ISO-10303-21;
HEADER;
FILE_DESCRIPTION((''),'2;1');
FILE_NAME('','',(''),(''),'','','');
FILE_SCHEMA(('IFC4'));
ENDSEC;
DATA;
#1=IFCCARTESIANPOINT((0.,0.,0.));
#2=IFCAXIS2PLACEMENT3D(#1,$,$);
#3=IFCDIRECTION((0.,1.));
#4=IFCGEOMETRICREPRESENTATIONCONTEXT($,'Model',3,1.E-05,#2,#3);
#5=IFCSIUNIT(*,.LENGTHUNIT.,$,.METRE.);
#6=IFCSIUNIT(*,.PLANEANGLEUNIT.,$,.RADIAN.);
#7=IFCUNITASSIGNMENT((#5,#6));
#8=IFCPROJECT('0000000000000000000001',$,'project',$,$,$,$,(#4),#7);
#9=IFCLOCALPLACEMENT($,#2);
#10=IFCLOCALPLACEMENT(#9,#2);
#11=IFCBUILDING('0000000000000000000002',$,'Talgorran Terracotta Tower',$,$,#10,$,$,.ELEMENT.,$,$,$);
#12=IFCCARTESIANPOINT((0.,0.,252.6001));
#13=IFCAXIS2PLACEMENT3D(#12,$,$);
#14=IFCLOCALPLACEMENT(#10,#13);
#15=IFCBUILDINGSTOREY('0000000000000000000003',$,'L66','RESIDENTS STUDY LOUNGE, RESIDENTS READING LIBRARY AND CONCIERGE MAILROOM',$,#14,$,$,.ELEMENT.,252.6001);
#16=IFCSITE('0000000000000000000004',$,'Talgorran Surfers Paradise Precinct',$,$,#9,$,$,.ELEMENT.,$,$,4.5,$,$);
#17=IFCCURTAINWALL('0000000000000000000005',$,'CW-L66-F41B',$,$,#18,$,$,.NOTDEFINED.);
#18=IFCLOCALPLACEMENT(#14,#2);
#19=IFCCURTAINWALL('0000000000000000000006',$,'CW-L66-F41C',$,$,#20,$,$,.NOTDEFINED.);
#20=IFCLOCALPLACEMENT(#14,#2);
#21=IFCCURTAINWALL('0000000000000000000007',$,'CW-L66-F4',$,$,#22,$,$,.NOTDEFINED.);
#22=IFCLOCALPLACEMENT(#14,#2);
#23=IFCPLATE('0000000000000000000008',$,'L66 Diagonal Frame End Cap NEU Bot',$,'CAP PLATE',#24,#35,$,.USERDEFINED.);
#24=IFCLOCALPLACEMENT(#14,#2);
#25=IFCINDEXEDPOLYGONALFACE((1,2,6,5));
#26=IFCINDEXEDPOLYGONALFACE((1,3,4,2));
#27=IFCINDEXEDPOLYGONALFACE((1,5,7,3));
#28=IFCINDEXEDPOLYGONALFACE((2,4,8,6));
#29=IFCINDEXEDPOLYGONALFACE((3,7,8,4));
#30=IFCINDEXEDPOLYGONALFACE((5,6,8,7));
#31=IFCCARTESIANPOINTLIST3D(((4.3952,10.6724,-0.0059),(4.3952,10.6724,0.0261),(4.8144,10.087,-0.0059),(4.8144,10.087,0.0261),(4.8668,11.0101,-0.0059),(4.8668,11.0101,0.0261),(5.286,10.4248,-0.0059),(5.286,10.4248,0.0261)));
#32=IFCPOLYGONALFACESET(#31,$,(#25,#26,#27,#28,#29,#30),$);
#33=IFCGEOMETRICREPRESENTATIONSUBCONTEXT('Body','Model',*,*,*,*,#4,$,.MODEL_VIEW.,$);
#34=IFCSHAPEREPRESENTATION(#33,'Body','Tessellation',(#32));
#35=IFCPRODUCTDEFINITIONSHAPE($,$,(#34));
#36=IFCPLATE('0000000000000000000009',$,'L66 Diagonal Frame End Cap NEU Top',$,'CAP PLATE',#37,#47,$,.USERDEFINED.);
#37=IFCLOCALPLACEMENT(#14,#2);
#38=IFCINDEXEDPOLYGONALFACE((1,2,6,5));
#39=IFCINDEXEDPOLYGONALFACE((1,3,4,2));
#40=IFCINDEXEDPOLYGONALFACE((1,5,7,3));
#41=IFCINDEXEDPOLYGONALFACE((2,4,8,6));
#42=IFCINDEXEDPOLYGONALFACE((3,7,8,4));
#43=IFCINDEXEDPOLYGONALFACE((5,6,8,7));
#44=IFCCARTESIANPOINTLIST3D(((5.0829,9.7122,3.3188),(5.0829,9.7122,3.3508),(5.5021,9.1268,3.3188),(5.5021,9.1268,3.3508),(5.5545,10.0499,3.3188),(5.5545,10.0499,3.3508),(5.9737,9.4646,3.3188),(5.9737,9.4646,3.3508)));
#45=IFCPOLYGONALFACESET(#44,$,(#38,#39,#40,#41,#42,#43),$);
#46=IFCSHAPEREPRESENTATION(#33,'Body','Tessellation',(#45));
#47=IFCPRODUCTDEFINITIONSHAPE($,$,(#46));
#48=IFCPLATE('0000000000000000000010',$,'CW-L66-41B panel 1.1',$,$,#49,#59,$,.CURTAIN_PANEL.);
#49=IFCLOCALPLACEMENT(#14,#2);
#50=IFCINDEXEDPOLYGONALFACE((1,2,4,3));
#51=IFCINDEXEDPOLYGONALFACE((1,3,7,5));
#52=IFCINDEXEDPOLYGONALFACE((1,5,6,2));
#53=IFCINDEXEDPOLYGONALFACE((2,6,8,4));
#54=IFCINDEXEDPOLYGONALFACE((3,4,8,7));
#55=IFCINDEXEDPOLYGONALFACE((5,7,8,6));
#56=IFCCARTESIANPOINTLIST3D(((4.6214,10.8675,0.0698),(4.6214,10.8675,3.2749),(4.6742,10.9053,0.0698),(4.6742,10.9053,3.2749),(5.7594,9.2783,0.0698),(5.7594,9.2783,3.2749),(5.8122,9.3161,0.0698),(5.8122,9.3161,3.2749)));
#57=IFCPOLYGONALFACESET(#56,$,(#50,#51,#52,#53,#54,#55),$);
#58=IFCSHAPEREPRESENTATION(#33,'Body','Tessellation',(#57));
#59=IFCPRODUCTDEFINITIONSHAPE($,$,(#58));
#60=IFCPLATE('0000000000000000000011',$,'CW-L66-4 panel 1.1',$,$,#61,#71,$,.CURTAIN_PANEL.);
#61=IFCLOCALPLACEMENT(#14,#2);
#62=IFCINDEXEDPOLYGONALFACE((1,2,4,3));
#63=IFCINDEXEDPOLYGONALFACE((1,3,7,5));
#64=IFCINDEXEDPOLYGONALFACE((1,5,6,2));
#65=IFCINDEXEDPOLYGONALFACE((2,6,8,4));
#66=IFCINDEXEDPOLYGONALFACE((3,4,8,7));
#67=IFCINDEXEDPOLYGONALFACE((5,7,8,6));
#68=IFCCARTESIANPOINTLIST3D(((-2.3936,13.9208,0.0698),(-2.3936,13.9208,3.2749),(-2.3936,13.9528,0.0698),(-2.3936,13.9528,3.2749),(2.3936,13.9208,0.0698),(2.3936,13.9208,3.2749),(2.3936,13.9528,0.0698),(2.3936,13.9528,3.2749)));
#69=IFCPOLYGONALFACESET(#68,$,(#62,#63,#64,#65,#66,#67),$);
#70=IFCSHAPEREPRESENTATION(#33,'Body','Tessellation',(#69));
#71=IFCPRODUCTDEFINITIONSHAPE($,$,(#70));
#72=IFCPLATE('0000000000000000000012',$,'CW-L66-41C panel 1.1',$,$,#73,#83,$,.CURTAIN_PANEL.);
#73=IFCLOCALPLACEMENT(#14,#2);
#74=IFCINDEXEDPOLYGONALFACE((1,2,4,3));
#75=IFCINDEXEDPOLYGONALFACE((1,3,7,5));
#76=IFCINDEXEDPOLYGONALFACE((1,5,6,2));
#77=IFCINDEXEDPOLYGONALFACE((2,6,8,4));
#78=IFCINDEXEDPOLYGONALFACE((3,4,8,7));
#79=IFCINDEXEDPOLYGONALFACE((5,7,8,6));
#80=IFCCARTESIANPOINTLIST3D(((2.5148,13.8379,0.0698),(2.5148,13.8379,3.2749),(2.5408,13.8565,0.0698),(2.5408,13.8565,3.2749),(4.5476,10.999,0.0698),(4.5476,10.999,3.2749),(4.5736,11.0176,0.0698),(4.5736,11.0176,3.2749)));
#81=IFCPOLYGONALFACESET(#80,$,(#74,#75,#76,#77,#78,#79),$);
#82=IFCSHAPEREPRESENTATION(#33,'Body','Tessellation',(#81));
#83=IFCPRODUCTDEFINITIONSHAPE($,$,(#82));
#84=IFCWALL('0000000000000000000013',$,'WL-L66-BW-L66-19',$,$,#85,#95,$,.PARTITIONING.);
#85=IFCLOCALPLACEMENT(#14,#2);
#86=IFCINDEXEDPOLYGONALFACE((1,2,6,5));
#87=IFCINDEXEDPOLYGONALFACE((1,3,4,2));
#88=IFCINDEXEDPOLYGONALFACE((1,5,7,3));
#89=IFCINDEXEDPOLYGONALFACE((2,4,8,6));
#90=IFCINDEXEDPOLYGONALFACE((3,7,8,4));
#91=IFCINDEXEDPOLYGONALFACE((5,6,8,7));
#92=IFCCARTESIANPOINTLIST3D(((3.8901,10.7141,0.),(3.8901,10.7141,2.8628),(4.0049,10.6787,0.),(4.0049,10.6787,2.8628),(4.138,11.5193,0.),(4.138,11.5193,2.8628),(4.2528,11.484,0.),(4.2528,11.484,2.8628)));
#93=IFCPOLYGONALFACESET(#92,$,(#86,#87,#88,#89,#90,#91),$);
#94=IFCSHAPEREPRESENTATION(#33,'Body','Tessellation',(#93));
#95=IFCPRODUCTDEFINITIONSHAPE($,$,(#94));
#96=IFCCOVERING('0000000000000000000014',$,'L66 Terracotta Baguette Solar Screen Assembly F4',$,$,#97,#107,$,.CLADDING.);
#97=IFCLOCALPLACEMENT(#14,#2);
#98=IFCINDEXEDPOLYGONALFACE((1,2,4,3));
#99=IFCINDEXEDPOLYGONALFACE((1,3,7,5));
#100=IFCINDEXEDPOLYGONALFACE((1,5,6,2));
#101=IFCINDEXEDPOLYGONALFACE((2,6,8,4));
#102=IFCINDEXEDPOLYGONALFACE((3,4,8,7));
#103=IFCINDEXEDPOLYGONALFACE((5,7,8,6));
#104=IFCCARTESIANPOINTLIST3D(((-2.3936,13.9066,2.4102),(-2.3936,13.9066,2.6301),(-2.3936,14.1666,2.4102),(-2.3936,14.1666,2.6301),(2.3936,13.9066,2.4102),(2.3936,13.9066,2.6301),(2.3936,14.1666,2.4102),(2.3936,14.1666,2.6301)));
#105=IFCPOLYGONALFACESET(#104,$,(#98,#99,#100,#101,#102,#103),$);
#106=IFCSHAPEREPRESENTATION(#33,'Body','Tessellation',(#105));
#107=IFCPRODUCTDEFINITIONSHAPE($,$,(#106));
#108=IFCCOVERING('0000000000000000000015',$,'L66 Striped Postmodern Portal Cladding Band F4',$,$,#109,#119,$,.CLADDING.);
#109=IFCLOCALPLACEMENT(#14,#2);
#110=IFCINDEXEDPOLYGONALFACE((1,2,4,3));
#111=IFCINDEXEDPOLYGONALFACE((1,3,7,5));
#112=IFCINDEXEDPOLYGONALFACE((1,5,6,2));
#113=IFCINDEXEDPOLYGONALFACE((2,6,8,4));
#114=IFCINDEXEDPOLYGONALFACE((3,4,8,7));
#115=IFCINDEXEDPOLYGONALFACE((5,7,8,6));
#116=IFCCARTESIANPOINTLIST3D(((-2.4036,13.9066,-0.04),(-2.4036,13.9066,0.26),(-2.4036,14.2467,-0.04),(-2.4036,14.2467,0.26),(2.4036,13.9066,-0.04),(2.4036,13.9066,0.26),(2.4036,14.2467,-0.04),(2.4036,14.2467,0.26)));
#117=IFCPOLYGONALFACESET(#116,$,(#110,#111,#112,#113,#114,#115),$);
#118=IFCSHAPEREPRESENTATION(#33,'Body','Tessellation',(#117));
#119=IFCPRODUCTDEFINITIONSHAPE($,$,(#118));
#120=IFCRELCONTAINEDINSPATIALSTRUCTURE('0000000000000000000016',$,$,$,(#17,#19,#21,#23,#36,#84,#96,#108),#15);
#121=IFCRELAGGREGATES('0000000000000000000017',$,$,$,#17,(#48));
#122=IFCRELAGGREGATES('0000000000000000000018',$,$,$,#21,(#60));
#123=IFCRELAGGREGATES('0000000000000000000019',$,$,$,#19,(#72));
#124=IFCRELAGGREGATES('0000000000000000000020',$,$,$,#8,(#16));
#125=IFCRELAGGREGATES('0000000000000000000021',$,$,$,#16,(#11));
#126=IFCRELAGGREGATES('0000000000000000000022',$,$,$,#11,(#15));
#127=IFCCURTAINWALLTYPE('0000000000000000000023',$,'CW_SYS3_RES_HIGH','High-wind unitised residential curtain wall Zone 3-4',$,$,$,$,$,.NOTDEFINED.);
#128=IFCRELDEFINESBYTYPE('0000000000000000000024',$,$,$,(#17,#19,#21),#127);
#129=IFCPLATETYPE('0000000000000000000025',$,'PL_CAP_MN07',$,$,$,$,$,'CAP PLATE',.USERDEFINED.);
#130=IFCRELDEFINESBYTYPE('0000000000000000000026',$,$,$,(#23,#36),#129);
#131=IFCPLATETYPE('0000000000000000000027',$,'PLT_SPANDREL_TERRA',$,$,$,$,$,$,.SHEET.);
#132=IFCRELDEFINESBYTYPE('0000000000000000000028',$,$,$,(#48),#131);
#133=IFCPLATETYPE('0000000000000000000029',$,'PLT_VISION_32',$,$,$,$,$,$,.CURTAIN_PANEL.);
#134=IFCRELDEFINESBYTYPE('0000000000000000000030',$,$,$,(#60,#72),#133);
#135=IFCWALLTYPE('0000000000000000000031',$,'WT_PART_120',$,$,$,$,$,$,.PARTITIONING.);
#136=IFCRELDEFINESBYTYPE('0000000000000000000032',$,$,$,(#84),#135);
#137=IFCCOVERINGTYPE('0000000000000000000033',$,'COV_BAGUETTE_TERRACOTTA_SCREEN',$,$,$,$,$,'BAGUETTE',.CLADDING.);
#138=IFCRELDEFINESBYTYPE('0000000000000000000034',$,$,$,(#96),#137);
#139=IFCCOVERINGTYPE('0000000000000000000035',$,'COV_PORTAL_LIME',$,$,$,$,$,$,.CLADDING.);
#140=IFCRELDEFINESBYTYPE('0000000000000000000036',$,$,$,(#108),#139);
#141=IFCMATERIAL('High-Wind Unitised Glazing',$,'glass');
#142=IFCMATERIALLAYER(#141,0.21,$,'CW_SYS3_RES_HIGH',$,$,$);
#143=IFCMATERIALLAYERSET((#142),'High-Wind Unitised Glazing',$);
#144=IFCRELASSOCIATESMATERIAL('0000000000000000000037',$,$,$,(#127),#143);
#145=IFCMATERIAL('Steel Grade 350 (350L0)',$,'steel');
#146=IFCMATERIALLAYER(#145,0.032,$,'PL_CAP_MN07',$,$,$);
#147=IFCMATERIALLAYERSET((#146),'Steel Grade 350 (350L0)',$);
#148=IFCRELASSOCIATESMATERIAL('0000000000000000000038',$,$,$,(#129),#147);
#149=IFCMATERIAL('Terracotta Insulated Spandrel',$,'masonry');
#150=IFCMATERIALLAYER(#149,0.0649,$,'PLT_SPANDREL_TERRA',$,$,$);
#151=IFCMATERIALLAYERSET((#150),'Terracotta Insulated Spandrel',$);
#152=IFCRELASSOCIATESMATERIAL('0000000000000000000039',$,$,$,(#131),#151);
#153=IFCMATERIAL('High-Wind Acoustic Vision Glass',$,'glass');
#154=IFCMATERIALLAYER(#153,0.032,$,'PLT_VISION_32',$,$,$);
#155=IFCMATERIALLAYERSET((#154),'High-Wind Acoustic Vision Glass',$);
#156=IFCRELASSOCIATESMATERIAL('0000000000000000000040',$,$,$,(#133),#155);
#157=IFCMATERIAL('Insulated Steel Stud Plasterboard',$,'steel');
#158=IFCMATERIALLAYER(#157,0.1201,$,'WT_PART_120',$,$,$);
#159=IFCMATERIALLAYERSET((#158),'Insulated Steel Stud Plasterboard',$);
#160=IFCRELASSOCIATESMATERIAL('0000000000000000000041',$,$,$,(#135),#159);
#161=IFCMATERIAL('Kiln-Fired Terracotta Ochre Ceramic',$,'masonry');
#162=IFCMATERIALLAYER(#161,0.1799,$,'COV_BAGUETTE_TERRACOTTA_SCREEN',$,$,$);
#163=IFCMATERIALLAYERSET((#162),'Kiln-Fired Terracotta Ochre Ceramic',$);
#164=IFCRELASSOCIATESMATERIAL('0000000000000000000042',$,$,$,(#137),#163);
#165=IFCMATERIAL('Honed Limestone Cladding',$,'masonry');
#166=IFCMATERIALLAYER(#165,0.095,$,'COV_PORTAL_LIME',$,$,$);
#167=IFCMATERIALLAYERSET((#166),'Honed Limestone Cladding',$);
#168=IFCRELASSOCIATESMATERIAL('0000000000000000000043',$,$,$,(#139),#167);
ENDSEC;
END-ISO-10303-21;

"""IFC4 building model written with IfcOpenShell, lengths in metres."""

from ifc_helpers import new_model, si_unit, direction, frame, frame_2d, origin, origin_2d, place, context, subcontext, project, spatial, rectangle, extrude, source, transform, mapped, material, layer, layer_set, type_object, type_shapes, element, aggregate, save


model = new_model("IFC4")

# Units and contexts
model_context = context("Model", 3, precision=1e-05, world=origin(), true_north=direction((0.0, 1.0)))
body_context = subcontext(model_context, "Body", "Model", "MODEL_VIEW")
ifc_project = project(units=[si_unit("LENGTHUNIT", "METRE"), si_unit("PLANEANGLEUNIT", "RADIAN")], contexts=[model_context])

# Site, building, storey
site_placement = place(None, origin())
site = spatial("IfcSite", under=ifc_project, at=site_placement, Name="Talgorran Surfers Paradise Precinct", CompositionType="ELEMENT", RefElevation=4.5)
building_placement = place(site_placement, origin())
building = spatial("IfcBuilding", under=site, at=building_placement, Name="Talgorran Terracotta Tower", CompositionType="ELEMENT")
storey_placement = place(building_placement, frame((0.0, 0.0, 252.6001)))
storey = spatial("IfcBuildingStorey", under=building, at=storey_placement, Name="L66", Description="RESIDENTS STUDY LOUNGE, RESIDENTS READING LIBRARY AND CONCIERGE MAILROOM", CompositionType="ELEMENT", Elevation=252.6001)

# Shared definitions
ifc_material_1 = material(Name="Steel Grade 350 (350L0)", Category="steel")

# Curtain wall
ifc_material_2 = material(Name="High-Wind Unitised Glazing", Category="glass")
ifc_layer_1 = layer(ifc_material_2, 0.21, Name="CW_SYS3_RES_HIGH")
ifc_layer_set_1 = layer_set([ifc_layer_1], Name="High-Wind Unitised Glazing")
curtain_wall_type = type_object("IfcCurtainWallType", Name="CW_SYS3_RES_HIGH", Description="High-wind unitised residential curtain wall Zone 3-4", PredefinedType="NOTDEFINED", material=ifc_layer_set_1)
curtain_wall_1_placement = place(storey_placement, origin())
curtain_wall_1 = element("IfcCurtainWall", 1, at=curtain_wall_1_placement, inside=storey, type_object=curtain_wall_type, Name="CW-L66-F41B", PredefinedType="NOTDEFINED")

# Curtain wall
curtain_wall_2_placement = place(storey_placement, origin())
curtain_wall_2 = element("IfcCurtainWall", 2, at=curtain_wall_2_placement, inside=storey, type_object=curtain_wall_type, Name="CW-L66-F41C", PredefinedType="NOTDEFINED")

# Curtain wall
curtain_wall_3_placement = place(storey_placement, origin())
curtain_wall_3 = element("IfcCurtainWall", 3, at=curtain_wall_3_placement, inside=storey, type_object=curtain_wall_type, Name="CW-L66-F4", PredefinedType="NOTDEFINED")

# Plates
ifc_layer_2 = layer(ifc_material_1, 0.032, Name="PL_CAP_MN07")
ifc_layer_set_2 = layer_set([ifc_layer_2], Name="Steel Grade 350 (350L0)")
plate_type_1 = type_object("IfcPlateType", Name="PL_CAP_MN07", ElementType="CAP PLATE", PredefinedType="USERDEFINED", material=ifc_layer_set_2)
for number, where, z_axis, x_axis, name in (
    (4, (4.8406, 10.5486, -0.0059), (0.0, 0.0, 1.0), (0.582265, -0.812999, 0.0), "L66 Diagonal Frame End Cap NEU Bot"),
    (5, (5.5283, 9.5884, 3.3188), (0.0, 0.0, 1.0), (0.582265, -0.812999, 0.0), "L66 Diagonal Frame End Cap NEU Top"),
):
    element("IfcPlate", number, at=place(storey_placement, frame(where, z_axis=z_axis, x_axis=x_axis)), inside=storey, type_object=plate_type_1, Name=name, ObjectType="CAP PLATE", PredefinedType="USERDEFINED", context=body_context, shape_type="SweptSolid", body=[
        extrude(rectangle(XDim=0.72, YDim=0.5801, at=origin_2d()), origin(), (0.0, 0.0, 1.0), 0.032),
    ])

# Plates
ifc_material_3 = material(Name="Terracotta Insulated Spandrel", Category="masonry")
ifc_layer_3 = layer(ifc_material_3, 0.0649, Name="PLT_SPANDREL_TERRA")
ifc_layer_set_3 = layer_set([ifc_layer_3], Name="Terracotta Insulated Spandrel")
plate_type_2 = type_object("IfcPlateType", Name="PLT_SPANDREL_TERRA", PredefinedType="SHEET", material=ifc_layer_set_3)
shared_shape_1 = source(origin(), body_context, "Body", "SweptSolid", [
    extrude(rectangle(XDim=1.9546, YDim=0.0649, at=origin_2d()), origin(), (0.0, 0.0, 1.0), 3.2051),
])
type_shapes(plate_type_2, [shared_shape_1])
plate_1_placement = place(storey_placement, frame((5.2168, 10.0918, 0.0698), z_axis=(0.0, 0.0, 1.0), x_axis=(-0.582231, 0.813023, 0.0)))
plate_1 = element("IfcPlate", 6, at=plate_1_placement, type_object=plate_type_2, Name="CW-L66-41B panel 1.1", PredefinedType="CURTAIN_PANEL", context=body_context, shape_type="MappedRepresentation", body=[
    mapped(shared_shape_1, transform((0.0, 0.0, 0.0), scale=1.0)),
])
aggregate(curtain_wall_1, [plate_1])
ifc_material_4 = material(Name="High-Wind Acoustic Vision Glass", Category="glass")
ifc_layer_4 = layer(ifc_material_4, 0.032, Name="PLT_VISION_32")
ifc_layer_set_4 = layer_set([ifc_layer_4], Name="High-Wind Acoustic Vision Glass")
plate_type_3 = type_object("IfcPlateType", Name="PLT_VISION_32", PredefinedType="CURTAIN_PANEL", material=ifc_layer_set_4)
shared_shape_2 = source(origin(), body_context, "Body", "SweptSolid", [
    extrude(rectangle(XDim=4.7871, YDim=0.032, at=origin_2d()), origin(), (0.0, 0.0, 1.0), 3.2051),
])
plate_2_placement = place(storey_placement, frame((0.0, 13.9368, 0.0698), z_axis=(0.0, 0.0, 1.0), x_axis=(-1.0, 0.0, 0.0)))
plate_2 = element("IfcPlate", 7, at=plate_2_placement, type_object=plate_type_3, Name="CW-L66-4 panel 1.1", PredefinedType="CURTAIN_PANEL", context=body_context, shape_type="MappedRepresentation", body=[
    mapped(shared_shape_2, transform((0.0, 0.0, 0.0), scale=1.0)),
])
aggregate(curtain_wall_3, [plate_2])
shared_shape_3 = source(origin(), body_context, "Body", "SweptSolid", [
    extrude(rectangle(XDim=3.4917, YDim=0.032, at=origin_2d()), origin(), (0.0, 0.0, 1.0), 3.2051),
])
type_shapes(plate_type_3, [shared_shape_2, shared_shape_3])
plate_3_placement = place(storey_placement, frame((3.5442, 12.4277, 0.0698), z_axis=(0.0, 0.0, 1.0), x_axis=(-0.582196, 0.813048, 0.0)))
plate_3 = element("IfcPlate", 8, at=plate_3_placement, type_object=plate_type_3, Name="CW-L66-41C panel 1.1", PredefinedType="CURTAIN_PANEL", context=body_context, shape_type="MappedRepresentation", body=[
    mapped(shared_shape_3, transform((0.0, 0.0, 0.0), scale=1.0)),
])
aggregate(curtain_wall_2, [plate_3])

# Wall
ifc_material_5 = material(Name="Insulated Steel Stud Plasterboard", Category="steel")
ifc_layer_5 = layer(ifc_material_5, 0.1201, Name="WT_PART_120")
ifc_layer_set_5 = layer_set([ifc_layer_5], Name="Insulated Steel Stud Plasterboard")
wall_type = type_object("IfcWallType", Name="WT_PART_120", PredefinedType="PARTITIONING", material=ifc_layer_set_5)
wall_placement = place(storey_placement, frame((3.9475, 10.6963, 0.0), z_axis=(0.0, 0.0, 1.0), x_axis=(0.294147, 0.95576, 0.0)))
element("IfcWall", 9, at=wall_placement, inside=storey, type_object=wall_type, Name="WL-L66-BW-L66-19", PredefinedType="PARTITIONING", context=body_context, shape_type="SweptSolid", body=[
    extrude(rectangle(XDim=0.8425, YDim=0.1201, at=frame_2d((0.4214, 0.0))), origin(), (0.0, 0.0, 1.0), 2.8628),
])

# Coverings
ifc_material_6 = material(Name="Kiln-Fired Terracotta Ochre Ceramic", Category="masonry")
ifc_layer_6 = layer(ifc_material_6, 0.1799, Name="COV_BAGUETTE_TERRACOTTA_SCREEN")
ifc_layer_set_6 = layer_set([ifc_layer_6], Name="Kiln-Fired Terracotta Ochre Ceramic")
covering_type_1 = type_object("IfcCoveringType", Name="COV_BAGUETTE_TERRACOTTA_SCREEN", ElementType="BAGUETTE", PredefinedType="CLADDING", material=ifc_layer_set_6)
covering_1_placement = place(storey_placement, frame((0.0, 14.0366, 2.4102), z_axis=(0.0, 0.0, 1.0), x_axis=(-1.0, 0.0, 0.0)))
element("IfcCovering", 10, at=covering_1_placement, inside=storey, type_object=covering_type_1, Name="L66 Terracotta Baguette Solar Screen Assembly F4", PredefinedType="CLADDING", context=body_context, shape_type="SweptSolid", body=[
    extrude(rectangle(XDim=4.7871, YDim=0.26, at=origin_2d()), origin(), (0.0, 0.0, 1.0), 0.22),
])
ifc_material_7 = material(Name="Honed Limestone Cladding", Category="masonry")
ifc_layer_7 = layer(ifc_material_7, 0.095, Name="COV_PORTAL_LIME")
ifc_layer_set_7 = layer_set([ifc_layer_7], Name="Honed Limestone Cladding")
covering_type_2 = type_object("IfcCoveringType", Name="COV_PORTAL_LIME", PredefinedType="CLADDING", material=ifc_layer_set_7)
covering_2_placement = place(storey_placement, frame((0.0, 14.0767, -0.04), z_axis=(0.0, 0.0, 1.0), x_axis=(-1.0, 0.0, 0.0)))
element("IfcCovering", 11, at=covering_2_placement, inside=storey, type_object=covering_type_2, Name="L66 Striped Postmodern Portal Cladding Band F4", PredefinedType="CLADDING", context=body_context, shape_type="SweptSolid", body=[
    extrude(rectangle(XDim=4.8071, YDim=0.3401, at=origin_2d()), origin(), (0.0, 0.0, 1.0), 0.3),
])

save(model, "model.ifc")
